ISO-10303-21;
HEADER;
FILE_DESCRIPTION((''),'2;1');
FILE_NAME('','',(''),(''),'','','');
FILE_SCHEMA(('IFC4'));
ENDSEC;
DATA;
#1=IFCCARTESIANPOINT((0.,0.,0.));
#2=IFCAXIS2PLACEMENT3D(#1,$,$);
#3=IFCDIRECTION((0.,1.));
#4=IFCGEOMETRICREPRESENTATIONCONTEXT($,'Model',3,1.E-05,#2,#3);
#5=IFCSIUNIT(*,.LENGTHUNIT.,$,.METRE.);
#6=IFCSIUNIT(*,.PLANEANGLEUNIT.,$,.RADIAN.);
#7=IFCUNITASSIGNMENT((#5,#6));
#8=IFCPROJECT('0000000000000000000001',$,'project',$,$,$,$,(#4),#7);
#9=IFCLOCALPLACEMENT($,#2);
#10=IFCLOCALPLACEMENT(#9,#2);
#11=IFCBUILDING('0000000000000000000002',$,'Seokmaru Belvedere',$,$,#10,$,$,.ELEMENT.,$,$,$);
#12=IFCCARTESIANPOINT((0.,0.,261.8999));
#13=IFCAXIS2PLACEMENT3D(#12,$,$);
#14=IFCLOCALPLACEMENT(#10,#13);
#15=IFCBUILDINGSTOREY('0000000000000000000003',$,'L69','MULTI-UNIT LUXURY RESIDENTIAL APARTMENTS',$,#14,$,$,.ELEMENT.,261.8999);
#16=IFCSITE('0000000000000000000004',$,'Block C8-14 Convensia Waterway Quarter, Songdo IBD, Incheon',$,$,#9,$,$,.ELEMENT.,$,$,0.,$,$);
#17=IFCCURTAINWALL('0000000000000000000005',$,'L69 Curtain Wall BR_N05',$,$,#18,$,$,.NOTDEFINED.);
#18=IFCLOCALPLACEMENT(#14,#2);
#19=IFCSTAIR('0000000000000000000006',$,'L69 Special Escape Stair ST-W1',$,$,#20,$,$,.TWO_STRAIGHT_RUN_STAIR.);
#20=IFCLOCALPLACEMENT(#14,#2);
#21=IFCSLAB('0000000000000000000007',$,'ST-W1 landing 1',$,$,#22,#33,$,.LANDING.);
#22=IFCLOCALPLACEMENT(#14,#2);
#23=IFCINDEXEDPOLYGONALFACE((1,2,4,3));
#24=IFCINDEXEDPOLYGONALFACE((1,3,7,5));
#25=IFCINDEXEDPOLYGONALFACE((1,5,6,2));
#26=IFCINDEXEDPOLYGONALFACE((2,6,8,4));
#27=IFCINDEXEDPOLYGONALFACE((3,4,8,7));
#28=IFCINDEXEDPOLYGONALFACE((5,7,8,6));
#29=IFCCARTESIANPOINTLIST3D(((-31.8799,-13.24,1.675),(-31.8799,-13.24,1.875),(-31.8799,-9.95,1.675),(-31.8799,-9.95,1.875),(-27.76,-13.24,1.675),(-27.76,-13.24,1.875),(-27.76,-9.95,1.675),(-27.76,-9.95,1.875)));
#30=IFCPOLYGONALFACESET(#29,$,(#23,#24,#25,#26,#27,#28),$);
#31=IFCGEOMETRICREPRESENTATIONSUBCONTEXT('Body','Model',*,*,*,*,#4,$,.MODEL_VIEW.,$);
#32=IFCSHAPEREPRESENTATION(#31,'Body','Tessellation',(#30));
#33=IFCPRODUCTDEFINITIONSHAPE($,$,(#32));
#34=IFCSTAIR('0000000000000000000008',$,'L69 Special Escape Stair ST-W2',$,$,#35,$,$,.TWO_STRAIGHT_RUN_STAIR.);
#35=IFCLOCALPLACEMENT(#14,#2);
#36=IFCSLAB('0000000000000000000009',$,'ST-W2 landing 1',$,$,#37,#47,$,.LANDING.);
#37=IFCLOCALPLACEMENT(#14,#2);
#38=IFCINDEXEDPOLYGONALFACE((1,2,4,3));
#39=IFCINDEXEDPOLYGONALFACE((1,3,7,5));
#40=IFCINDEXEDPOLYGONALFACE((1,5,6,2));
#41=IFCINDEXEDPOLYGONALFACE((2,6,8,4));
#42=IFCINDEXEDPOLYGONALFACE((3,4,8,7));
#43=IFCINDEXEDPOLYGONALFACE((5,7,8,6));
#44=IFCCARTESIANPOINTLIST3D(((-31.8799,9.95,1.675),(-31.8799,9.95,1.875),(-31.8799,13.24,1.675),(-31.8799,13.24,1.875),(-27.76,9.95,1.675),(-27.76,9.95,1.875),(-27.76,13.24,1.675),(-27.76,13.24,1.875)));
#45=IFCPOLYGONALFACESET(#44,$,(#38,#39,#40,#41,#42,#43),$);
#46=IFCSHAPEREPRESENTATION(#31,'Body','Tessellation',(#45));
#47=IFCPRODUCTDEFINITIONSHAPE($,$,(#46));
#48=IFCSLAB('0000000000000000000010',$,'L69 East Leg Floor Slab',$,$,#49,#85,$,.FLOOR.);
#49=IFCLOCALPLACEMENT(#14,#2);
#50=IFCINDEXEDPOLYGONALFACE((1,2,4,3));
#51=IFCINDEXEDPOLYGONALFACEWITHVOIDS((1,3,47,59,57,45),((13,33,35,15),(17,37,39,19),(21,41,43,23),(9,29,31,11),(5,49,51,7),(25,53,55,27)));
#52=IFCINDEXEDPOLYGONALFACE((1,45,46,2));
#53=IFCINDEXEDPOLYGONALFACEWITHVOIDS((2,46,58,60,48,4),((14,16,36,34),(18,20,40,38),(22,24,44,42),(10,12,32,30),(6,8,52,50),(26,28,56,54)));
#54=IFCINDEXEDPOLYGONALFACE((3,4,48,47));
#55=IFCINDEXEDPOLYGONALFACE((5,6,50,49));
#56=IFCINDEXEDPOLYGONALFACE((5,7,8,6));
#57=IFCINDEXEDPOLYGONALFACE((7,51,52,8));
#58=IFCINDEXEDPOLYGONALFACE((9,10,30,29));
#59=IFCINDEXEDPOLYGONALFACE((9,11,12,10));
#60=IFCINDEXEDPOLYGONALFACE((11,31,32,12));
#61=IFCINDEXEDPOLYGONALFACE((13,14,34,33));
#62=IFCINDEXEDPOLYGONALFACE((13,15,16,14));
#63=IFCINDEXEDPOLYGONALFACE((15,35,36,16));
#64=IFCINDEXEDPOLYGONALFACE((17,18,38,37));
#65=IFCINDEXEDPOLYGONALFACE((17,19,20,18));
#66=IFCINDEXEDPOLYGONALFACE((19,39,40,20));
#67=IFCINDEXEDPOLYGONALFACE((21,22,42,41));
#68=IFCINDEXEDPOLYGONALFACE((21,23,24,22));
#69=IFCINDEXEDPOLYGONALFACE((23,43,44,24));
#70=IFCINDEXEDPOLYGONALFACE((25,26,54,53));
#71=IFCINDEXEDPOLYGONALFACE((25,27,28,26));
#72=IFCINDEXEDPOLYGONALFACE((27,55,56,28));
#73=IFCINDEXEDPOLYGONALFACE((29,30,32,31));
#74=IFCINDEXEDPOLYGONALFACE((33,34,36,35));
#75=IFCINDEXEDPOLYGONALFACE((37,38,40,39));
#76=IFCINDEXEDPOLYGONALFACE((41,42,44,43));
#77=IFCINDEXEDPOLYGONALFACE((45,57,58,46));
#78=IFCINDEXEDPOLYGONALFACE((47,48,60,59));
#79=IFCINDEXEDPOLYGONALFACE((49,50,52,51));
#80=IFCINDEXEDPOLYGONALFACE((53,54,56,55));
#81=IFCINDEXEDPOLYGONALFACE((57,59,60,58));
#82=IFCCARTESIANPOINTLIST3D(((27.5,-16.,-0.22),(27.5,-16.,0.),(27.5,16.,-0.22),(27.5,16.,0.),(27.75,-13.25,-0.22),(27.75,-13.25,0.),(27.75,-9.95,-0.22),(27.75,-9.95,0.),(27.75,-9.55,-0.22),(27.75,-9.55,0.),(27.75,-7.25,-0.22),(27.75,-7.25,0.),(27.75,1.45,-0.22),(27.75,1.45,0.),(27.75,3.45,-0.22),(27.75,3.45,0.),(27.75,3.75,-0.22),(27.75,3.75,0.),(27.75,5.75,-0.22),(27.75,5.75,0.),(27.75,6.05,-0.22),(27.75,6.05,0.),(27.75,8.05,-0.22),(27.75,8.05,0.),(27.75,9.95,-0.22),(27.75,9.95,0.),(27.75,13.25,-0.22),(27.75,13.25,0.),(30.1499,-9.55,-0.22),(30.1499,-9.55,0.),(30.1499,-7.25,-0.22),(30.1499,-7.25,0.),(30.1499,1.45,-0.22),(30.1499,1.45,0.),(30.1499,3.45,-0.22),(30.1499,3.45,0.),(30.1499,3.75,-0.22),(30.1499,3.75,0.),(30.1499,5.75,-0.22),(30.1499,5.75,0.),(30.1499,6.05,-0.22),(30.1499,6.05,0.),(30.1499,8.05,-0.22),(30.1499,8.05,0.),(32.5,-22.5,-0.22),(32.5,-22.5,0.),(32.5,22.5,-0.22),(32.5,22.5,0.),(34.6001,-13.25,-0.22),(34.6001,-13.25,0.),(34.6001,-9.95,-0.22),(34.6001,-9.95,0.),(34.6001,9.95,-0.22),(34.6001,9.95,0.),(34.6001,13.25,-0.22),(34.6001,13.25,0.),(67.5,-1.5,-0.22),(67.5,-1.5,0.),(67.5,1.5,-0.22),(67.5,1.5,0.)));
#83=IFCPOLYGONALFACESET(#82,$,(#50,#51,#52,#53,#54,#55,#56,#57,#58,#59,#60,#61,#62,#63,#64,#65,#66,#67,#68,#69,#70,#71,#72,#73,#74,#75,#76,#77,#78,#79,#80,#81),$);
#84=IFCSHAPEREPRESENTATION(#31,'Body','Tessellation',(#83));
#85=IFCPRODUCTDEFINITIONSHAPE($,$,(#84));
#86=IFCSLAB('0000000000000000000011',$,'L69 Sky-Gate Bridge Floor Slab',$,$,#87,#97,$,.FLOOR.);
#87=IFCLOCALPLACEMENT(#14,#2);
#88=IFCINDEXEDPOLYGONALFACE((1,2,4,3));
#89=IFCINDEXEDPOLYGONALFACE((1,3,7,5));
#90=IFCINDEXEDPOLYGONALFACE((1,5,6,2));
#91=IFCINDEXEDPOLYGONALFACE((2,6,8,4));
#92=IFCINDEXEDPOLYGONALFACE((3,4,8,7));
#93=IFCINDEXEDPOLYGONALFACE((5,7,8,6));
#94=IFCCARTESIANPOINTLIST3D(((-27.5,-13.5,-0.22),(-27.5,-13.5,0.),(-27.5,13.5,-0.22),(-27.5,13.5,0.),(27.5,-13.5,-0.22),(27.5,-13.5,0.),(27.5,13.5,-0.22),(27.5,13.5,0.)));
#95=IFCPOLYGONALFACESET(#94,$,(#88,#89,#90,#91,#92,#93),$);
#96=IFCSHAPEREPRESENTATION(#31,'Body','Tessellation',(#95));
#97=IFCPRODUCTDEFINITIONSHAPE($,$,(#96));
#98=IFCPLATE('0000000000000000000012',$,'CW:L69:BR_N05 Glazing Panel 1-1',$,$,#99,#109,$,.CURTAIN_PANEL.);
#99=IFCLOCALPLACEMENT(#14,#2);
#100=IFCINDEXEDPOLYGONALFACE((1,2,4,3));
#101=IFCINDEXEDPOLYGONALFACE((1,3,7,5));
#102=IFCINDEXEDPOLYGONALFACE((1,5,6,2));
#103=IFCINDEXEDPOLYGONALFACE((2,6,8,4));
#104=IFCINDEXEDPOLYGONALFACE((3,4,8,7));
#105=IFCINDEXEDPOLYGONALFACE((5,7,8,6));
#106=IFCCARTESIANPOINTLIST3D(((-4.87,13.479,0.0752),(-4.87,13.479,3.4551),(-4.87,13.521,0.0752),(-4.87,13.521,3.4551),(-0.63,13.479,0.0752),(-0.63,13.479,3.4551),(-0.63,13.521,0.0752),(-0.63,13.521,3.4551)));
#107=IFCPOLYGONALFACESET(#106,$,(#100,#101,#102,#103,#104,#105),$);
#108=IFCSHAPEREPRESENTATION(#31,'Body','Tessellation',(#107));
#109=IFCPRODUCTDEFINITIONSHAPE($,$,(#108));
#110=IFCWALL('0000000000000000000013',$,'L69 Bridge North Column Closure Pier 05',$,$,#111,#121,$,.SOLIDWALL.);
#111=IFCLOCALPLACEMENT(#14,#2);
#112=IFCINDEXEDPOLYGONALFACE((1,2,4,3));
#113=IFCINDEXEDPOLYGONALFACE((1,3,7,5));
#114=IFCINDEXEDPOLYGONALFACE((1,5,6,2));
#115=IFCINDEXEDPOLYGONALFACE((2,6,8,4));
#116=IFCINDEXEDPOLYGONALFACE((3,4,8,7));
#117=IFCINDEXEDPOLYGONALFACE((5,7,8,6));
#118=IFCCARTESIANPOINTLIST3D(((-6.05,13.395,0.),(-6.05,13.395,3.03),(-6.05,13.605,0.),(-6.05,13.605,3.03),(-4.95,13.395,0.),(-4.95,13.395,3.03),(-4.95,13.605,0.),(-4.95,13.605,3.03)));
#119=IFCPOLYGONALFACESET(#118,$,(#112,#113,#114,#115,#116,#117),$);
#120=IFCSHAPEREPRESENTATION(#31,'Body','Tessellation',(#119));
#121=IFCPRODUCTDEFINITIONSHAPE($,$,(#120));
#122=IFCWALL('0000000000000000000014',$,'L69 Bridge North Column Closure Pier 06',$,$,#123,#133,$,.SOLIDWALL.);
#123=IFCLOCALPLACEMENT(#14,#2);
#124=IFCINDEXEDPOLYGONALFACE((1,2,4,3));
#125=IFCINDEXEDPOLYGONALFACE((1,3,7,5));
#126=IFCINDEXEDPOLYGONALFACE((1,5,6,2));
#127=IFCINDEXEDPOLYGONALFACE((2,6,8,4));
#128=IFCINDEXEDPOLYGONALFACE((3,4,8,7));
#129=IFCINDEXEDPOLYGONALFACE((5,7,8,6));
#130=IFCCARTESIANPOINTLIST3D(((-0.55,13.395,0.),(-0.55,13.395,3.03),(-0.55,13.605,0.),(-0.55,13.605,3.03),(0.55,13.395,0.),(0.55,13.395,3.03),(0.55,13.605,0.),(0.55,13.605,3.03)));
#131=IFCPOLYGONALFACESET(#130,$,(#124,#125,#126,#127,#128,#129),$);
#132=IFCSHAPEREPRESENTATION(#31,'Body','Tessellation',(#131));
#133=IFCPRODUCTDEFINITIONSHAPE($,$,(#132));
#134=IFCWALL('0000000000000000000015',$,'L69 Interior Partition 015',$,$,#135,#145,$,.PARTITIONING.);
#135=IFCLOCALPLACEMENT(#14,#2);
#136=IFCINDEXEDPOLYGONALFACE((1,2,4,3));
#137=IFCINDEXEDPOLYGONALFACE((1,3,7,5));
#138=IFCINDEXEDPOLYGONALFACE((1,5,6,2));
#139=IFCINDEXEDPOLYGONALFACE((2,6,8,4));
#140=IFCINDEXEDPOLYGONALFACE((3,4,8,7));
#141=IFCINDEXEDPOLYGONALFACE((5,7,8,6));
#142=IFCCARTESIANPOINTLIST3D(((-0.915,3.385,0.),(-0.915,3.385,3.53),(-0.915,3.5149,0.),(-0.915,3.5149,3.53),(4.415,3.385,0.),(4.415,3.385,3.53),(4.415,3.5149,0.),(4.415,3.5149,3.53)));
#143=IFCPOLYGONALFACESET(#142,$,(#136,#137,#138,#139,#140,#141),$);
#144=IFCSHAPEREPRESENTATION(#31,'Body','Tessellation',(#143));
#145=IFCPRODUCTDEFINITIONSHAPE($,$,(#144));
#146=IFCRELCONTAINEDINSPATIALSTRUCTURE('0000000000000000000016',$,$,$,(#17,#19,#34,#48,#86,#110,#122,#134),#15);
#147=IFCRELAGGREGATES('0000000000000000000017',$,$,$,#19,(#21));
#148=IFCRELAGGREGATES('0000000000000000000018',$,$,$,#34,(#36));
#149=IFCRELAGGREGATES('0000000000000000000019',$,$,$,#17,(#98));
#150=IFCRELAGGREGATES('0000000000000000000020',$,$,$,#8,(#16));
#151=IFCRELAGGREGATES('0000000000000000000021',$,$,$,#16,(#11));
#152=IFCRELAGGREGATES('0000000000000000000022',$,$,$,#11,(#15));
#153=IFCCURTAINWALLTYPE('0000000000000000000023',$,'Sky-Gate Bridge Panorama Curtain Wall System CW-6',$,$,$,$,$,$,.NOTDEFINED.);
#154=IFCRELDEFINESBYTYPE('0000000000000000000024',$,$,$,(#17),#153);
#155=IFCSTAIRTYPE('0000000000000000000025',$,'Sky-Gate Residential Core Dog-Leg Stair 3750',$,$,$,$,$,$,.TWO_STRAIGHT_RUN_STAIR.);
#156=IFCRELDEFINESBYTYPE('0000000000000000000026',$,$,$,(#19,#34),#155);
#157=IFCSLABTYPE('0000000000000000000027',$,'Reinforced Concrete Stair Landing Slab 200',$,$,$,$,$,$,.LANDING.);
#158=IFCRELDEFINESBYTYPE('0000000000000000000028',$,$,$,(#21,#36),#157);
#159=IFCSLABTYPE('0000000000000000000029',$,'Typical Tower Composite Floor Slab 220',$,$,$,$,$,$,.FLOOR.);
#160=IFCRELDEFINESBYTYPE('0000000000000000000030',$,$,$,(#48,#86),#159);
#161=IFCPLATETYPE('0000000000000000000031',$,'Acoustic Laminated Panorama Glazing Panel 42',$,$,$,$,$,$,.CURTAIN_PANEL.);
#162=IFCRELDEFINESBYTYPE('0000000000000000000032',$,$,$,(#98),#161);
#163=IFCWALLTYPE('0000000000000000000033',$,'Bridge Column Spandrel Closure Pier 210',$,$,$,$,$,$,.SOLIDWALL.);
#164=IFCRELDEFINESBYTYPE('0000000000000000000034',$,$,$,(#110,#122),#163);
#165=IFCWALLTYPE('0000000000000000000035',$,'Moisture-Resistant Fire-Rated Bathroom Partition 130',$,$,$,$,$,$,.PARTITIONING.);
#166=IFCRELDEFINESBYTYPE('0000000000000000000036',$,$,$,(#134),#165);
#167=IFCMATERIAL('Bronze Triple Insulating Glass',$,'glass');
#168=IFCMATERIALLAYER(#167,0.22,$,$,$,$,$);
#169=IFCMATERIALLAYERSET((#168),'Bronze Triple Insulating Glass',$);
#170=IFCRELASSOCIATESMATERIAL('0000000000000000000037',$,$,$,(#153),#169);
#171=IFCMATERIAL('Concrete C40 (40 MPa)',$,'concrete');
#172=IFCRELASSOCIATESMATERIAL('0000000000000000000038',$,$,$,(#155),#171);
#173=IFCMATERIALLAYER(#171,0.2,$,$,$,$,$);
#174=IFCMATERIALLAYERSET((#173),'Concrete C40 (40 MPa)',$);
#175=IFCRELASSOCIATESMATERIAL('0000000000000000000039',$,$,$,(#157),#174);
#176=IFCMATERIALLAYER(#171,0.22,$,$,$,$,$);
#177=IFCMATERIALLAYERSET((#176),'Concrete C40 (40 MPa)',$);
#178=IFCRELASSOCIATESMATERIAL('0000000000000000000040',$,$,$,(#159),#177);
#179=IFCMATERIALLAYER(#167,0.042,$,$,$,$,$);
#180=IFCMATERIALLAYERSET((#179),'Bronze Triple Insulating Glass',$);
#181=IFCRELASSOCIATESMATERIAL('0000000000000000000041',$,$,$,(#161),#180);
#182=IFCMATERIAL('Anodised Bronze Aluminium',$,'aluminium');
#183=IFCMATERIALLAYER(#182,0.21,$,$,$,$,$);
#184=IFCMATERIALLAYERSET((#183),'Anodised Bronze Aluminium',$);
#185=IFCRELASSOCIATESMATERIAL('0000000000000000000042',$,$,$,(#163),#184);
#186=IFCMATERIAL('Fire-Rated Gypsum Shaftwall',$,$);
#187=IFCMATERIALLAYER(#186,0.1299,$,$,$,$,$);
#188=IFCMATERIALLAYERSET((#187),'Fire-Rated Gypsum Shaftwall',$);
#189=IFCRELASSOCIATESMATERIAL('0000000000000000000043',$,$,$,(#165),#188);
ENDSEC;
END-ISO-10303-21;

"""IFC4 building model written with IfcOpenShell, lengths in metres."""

from ifc_helpers import new_model, si_unit, direction, frame, frame_2d, origin, origin_2d, place, context, subcontext, project, spatial, polyline, rectangle, outline, extrude, source, transform, mapped, material, layer, layer_set, type_object, type_shapes, element, aggregate, save


model = new_model("IFC4")

# Units and contexts
model_context = context("Model", 3, precision=1e-05, world=origin(), true_north=direction((0.0, 1.0)))
body_context = subcontext(model_context, "Body", "Model", "MODEL_VIEW")
ifc_project = project(units=[si_unit("LENGTHUNIT", "METRE"), si_unit("PLANEANGLEUNIT", "RADIAN")], contexts=[model_context])

# Site, building, storey
site_placement = place(None, origin())
site = spatial("IfcSite", under=ifc_project, at=site_placement, Name="Block C8-14 Convensia Waterway Quarter, Songdo IBD, Incheon", CompositionType="ELEMENT", RefElevation=0.0)
building_placement = place(site_placement, origin())
building = spatial("IfcBuilding", under=site, at=building_placement, Name="Seokmaru Belvedere", CompositionType="ELEMENT")
storey_placement = place(building_placement, frame((0.0, 0.0, 261.8999)))
storey = spatial("IfcBuildingStorey", under=building, at=storey_placement, Name="L69", Description="MULTI-UNIT LUXURY RESIDENTIAL APARTMENTS", CompositionType="ELEMENT", Elevation=261.8999)

# Shared definitions
ifc_material_1 = material(Name="Bronze Triple Insulating Glass", Category="glass")
ifc_layer_1 = layer(ifc_material_1, 0.22)
ifc_layer_set_1 = layer_set([ifc_layer_1], Name="Bronze Triple Insulating Glass")
curtain_wall_type = type_object("IfcCurtainWallType", Name="Sky-Gate Bridge Panorama Curtain Wall System CW-6", PredefinedType="NOTDEFINED", material=ifc_layer_set_1)
ifc_material_2 = material(Name="Anodised Bronze Aluminium", Category="aluminium")

# Curtain wall
curtain_wall_1_placement = place(storey_placement, origin())
curtain_wall_1 = element("IfcCurtainWall", 1, at=curtain_wall_1_placement, inside=storey, type_object=curtain_wall_type, Name="L69 Curtain Wall BR_N05", PredefinedType="NOTDEFINED")

# Stairs, slabs
ifc_material_3 = material(Name="Concrete C40 (40 MPa)", Category="concrete")
stair_type = type_object("IfcStairType", Name="Sky-Gate Residential Core Dog-Leg Stair 3750", PredefinedType="TWO_STRAIGHT_RUN_STAIR", material=ifc_material_3)
stair_1_placement = place(storey_placement, origin())
stair_1 = element("IfcStair", 2, at=stair_1_placement, inside=storey, type_object=stair_type, Name="L69 Special Escape Stair ST-W1", PredefinedType="TWO_STRAIGHT_RUN_STAIR")
ifc_layer_2 = layer(ifc_material_3, 0.2)
ifc_layer_set_2 = layer_set([ifc_layer_2], Name="Concrete C40 (40 MPa)")
slab_type_1 = type_object("IfcSlabType", Name="Reinforced Concrete Stair Landing Slab 200", PredefinedType="LANDING", material=ifc_layer_set_2)
slab_1_placement = place(storey_placement, frame((0.0, 0.0, 1.675)))
slab_1 = element("IfcSlab", 3, at=slab_1_placement, type_object=slab_type_1, Name="ST-W1 landing 1", PredefinedType="LANDING", context=body_context, shape_type="SweptSolid", body=[
    extrude(outline(polyline([(-31.8799, -13.24), (-27.76, -13.24), (-27.76, -9.95), (-31.8799, -9.95), (-31.8799, -13.24)])), origin(), (0.0, 0.0, 1.0), 0.2),
])
aggregate(stair_1, [slab_1])
stair_2_placement = place(storey_placement, origin())
stair_2 = element("IfcStair", 4, at=stair_2_placement, inside=storey, type_object=stair_type, Name="L69 Special Escape Stair ST-W2", PredefinedType="TWO_STRAIGHT_RUN_STAIR")
slab_2_placement = place(storey_placement, frame((0.0, 0.0, 1.675)))
slab_2 = element("IfcSlab", 5, at=slab_2_placement, type_object=slab_type_1, Name="ST-W2 landing 1", PredefinedType="LANDING", context=body_context, shape_type="SweptSolid", body=[
    extrude(outline(polyline([(-31.8799, 9.95), (-27.76, 9.95), (-27.76, 13.24), (-31.8799, 13.24), (-31.8799, 9.95)])), origin(), (0.0, 0.0, 1.0), 0.2),
])
aggregate(stair_2, [slab_2])

# Slabs
ifc_layer_3 = layer(ifc_material_3, 0.22)
ifc_layer_set_3 = layer_set([ifc_layer_3], Name="Concrete C40 (40 MPa)")
slab_type_2 = type_object("IfcSlabType", Name="Typical Tower Composite Floor Slab 220", PredefinedType="FLOOR", material=ifc_layer_set_3)
slab_3_placement = place(storey_placement, frame((0.0, 0.0, -0.22)))
element("IfcSlab", 6, at=slab_3_placement, inside=storey, type_object=slab_type_2, Name="L69 East Leg Floor Slab", PredefinedType="FLOOR", context=body_context, shape_type="SweptSolid", body=[
    extrude(outline(polyline([(32.5, -22.5), (67.5, -1.5), (67.5, 1.5), (32.5, 22.5), (27.5, 16.0), (27.5, -16.0), (32.5, -22.5)]), holes=[polyline([(27.75, -13.25), (34.6001, -13.25), (34.6001, -9.95), (27.75, -9.95), (27.75, -13.25)]), polyline([(27.75, 9.95), (34.6001, 9.95), (34.6001, 13.25), (27.75, 13.25), (27.75, 9.95)]), polyline([(27.75, -9.55), (30.1499, -9.55), (30.1499, -7.25), (27.75, -7.25), (27.75, -9.55)]), polyline([(27.75, 1.45), (30.1499, 1.45), (30.1499, 3.45), (27.75, 3.45), (27.75, 1.45)]), polyline([(27.75, 3.75), (30.1499, 3.75), (30.1499, 5.75), (27.75, 5.75), (27.75, 3.75)]), polyline([(27.75, 6.05), (30.1499, 6.05), (30.1499, 8.05), (27.75, 8.05), (27.75, 6.05)])]), origin(), (0.0, 0.0, 1.0), 0.22),
])
slab_4_placement = place(storey_placement, frame((0.0, 0.0, -0.22)))
element("IfcSlab", 7, at=slab_4_placement, inside=storey, type_object=slab_type_2, Name="L69 Sky-Gate Bridge Floor Slab", PredefinedType="FLOOR", context=body_context, shape_type="SweptSolid", body=[
    extrude(outline(polyline([(-27.5, -13.5), (27.5, -13.5), (27.5, 13.5), (-27.5, 13.5), (-27.5, -13.5)])), origin(), (0.0, 0.0, 1.0), 0.22),
])

# Plate
ifc_layer_4 = layer(ifc_material_1, 0.042)
ifc_layer_set_4 = layer_set([ifc_layer_4], Name="Bronze Triple Insulating Glass")
plate_type = type_object("IfcPlateType", Name="Acoustic Laminated Panorama Glazing Panel 42", PredefinedType="CURTAIN_PANEL", material=ifc_layer_set_4)
shared_shape_1 = source(origin(), body_context, "Body", "SweptSolid", [
    extrude(rectangle(XDim=4.24, YDim=0.042, at=origin_2d()), origin(), (0.0, 0.0, 1.0), 3.3799),
])
type_shapes(plate_type, [shared_shape_1])
plate_placement = place(storey_placement, frame((-2.75, 13.5, 0.0752), z_axis=(0.0, 0.0, 1.0), x_axis=(-1.0, 0.0, 0.0)))
plate = element("IfcPlate", 8, at=plate_placement, type_object=plate_type, Name="CW:L69:BR_N05 Glazing Panel 1-1", PredefinedType="CURTAIN_PANEL", context=body_context, shape_type="MappedRepresentation", body=[
    mapped(shared_shape_1, transform((0.0, 0.0, 0.0), scale=1.0)),
])
aggregate(curtain_wall_1, [plate])

# Walls
ifc_layer_5 = layer(ifc_material_2, 0.21)
ifc_layer_set_5 = layer_set([ifc_layer_5], Name="Anodised Bronze Aluminium")
wall_type_1 = type_object("IfcWallType", Name="Bridge Column Spandrel Closure Pier 210", PredefinedType="SOLIDWALL", material=ifc_layer_set_5)
for number, where, z_axis, x_axis, name in (
    (9, (-6.05, 13.5, 0.0), (0.0, 0.0, 1.0), (1.0, 0.0, 0.0), "L69 Bridge North Column Closure Pier 05"),
    (10, (-0.55, 13.5, 0.0), (0.0, 0.0, 1.0), (1.0, 0.0, 0.0), "L69 Bridge North Column Closure Pier 06"),
):
    element("IfcWall", number, at=place(storey_placement, frame(where, z_axis=z_axis, x_axis=x_axis)), inside=storey, type_object=wall_type_1, Name=name, PredefinedType="SOLIDWALL", context=body_context, shape_type="SweptSolid", body=[
        extrude(rectangle(XDim=1.1001, YDim=0.21, at=frame_2d((0.55, 0.0))), origin(), (0.0, 0.0, 1.0), 3.03),
    ])
ifc_material_4 = material(Name="Fire-Rated Gypsum Shaftwall")
ifc_layer_6 = layer(ifc_material_4, 0.1299)
ifc_layer_set_6 = layer_set([ifc_layer_6], Name="Fire-Rated Gypsum Shaftwall")
wall_type_2 = type_object("IfcWallType", Name="Moisture-Resistant Fire-Rated Bathroom Partition 130", PredefinedType="PARTITIONING", material=ifc_layer_set_6)
wall_1_placement = place(storey_placement, frame((-0.915, 3.45, 0.0), z_axis=(0.0, 0.0, 1.0), x_axis=(1.0, 0.0, 0.0)))
element("IfcWall", 11, at=wall_1_placement, inside=storey, type_object=wall_type_2, Name="L69 Interior Partition 015", PredefinedType="PARTITIONING", context=body_context, shape_type="SweptSolid", body=[
    extrude(rectangle(XDim=5.3301, YDim=0.1299, at=frame_2d((2.665, 0.0))), origin(), (0.0, 0.0, 1.0), 3.53),
])

save(model, "model.ifc")
